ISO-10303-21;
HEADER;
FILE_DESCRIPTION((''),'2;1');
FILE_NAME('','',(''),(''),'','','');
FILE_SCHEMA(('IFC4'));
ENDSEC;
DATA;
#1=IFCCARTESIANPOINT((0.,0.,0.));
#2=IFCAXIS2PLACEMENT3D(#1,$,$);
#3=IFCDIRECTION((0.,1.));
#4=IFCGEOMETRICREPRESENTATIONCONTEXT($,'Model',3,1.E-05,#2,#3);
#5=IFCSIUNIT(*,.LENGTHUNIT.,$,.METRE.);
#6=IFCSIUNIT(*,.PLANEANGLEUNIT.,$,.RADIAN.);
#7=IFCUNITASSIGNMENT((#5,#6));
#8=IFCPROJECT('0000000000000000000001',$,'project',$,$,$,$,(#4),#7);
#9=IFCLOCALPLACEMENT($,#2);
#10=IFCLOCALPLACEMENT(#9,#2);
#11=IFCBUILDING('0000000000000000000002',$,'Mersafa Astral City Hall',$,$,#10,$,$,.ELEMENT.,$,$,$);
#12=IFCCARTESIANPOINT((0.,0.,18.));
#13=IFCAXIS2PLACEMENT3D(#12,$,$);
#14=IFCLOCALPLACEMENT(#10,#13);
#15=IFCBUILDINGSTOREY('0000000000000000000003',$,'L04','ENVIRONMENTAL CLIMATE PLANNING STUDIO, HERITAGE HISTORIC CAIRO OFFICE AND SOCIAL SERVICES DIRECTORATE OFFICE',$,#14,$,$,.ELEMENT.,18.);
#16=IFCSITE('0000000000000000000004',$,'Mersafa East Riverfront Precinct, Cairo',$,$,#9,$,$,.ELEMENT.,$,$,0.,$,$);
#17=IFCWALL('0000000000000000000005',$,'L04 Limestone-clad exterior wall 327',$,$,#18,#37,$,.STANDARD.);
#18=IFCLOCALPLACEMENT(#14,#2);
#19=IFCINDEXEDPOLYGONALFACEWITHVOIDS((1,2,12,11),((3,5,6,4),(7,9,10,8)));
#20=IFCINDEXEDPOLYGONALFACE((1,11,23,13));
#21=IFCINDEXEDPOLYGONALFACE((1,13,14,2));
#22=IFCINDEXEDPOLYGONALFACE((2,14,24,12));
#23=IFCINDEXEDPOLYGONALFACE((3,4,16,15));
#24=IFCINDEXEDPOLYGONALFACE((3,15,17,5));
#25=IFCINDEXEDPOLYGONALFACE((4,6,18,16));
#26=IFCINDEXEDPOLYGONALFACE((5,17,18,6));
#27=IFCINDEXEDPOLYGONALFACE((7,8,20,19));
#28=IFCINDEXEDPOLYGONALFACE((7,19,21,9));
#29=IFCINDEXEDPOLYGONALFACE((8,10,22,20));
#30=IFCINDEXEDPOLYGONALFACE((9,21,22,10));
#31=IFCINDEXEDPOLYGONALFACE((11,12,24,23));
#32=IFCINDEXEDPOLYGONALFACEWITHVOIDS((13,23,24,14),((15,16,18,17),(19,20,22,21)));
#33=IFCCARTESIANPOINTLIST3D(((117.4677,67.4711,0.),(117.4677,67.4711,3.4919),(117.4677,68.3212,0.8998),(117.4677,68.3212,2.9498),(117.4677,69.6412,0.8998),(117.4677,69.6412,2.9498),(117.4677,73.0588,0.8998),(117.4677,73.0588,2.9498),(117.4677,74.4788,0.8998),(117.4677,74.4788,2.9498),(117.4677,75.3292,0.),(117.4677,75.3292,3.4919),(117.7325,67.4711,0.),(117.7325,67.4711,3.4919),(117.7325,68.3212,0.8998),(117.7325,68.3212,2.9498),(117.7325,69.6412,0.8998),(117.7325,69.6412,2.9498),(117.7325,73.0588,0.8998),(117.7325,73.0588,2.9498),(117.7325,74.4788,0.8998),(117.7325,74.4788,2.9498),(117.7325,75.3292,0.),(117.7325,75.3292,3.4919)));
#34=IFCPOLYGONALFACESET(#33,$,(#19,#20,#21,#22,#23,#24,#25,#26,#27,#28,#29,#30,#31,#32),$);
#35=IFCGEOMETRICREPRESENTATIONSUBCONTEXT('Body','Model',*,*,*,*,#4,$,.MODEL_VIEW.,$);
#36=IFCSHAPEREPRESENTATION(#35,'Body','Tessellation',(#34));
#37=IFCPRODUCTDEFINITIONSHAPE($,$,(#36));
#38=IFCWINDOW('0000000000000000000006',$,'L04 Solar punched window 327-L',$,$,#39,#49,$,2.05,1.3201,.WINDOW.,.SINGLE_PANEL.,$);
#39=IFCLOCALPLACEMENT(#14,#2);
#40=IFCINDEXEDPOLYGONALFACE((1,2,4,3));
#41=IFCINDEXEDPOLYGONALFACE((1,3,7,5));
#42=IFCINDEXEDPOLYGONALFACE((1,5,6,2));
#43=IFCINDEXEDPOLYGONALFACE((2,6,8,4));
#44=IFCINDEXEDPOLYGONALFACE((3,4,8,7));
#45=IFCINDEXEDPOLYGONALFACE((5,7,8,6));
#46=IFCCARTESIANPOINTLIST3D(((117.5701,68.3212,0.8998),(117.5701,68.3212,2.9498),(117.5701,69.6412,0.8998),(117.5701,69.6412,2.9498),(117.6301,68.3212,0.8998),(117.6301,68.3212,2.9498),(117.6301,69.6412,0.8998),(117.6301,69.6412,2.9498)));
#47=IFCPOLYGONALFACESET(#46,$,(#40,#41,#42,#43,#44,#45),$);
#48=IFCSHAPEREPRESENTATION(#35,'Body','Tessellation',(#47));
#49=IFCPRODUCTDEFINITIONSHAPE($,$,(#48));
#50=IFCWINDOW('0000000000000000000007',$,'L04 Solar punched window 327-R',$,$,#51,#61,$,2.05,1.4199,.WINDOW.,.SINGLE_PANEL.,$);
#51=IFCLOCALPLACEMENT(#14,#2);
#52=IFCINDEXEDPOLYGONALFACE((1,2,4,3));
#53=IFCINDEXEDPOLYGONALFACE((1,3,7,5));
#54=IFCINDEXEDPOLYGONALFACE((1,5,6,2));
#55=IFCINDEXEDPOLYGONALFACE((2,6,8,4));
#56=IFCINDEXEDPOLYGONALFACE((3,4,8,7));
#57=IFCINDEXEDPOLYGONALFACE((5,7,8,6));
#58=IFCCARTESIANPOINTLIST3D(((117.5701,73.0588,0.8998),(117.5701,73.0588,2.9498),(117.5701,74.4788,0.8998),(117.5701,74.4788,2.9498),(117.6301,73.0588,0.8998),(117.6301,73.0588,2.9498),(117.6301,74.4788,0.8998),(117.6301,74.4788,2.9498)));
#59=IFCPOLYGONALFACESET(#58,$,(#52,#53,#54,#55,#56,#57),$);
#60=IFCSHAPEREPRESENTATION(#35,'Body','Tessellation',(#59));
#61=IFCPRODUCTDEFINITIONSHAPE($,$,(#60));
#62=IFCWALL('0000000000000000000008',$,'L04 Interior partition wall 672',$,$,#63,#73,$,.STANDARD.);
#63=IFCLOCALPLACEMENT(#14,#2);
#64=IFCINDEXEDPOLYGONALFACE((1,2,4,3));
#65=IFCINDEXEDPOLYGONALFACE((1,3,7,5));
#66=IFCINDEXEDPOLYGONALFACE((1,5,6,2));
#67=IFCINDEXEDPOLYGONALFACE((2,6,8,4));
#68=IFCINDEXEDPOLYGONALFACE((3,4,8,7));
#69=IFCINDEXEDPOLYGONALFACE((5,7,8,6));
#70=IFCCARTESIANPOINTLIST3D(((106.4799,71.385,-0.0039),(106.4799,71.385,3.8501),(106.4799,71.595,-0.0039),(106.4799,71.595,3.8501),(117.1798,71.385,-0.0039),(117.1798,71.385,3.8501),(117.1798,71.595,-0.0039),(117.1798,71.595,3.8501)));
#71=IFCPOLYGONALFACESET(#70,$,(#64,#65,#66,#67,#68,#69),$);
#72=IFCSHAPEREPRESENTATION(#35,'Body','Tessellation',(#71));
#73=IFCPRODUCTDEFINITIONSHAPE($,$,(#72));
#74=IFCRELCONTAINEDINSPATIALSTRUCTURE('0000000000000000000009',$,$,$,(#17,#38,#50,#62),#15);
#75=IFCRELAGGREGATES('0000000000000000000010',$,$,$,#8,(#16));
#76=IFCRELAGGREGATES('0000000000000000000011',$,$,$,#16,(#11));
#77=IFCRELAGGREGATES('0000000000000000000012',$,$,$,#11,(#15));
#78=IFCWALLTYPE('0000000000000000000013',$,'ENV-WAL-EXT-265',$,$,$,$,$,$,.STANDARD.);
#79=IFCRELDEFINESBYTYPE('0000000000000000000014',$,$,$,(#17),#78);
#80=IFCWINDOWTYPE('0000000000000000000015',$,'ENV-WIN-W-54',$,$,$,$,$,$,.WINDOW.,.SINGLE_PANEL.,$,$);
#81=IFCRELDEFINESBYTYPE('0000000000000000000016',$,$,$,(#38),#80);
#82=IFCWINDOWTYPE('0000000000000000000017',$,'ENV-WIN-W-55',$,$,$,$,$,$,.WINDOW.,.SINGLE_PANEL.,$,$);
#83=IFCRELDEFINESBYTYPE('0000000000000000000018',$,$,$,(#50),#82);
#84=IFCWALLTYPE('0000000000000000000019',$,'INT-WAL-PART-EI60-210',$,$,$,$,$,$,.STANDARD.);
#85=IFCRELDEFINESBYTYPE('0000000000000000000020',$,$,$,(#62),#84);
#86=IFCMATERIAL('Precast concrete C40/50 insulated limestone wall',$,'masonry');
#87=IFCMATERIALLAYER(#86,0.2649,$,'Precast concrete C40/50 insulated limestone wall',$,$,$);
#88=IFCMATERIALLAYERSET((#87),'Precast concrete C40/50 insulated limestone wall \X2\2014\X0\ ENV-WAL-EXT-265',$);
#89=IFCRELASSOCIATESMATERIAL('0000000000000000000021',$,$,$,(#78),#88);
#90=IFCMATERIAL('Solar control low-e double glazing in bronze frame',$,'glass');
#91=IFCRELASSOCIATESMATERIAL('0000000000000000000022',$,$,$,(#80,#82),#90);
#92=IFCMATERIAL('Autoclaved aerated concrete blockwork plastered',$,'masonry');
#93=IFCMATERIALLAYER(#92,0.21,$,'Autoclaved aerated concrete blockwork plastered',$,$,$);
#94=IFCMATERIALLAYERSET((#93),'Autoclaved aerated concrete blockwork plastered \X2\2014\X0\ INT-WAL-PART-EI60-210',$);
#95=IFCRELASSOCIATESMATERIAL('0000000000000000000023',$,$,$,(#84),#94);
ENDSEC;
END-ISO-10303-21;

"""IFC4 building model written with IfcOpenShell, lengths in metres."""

from ifc_helpers import new_model, si_unit, direction, frame, frame_2d, origin, place, context, subcontext, project, spatial, rectangle, extrude, material, layer, layer_set, type_object, element, fill, save


model = new_model("IFC4")

# Units and contexts
model_context = context("Model", 3, precision=1e-05, world=origin(), true_north=direction((0.0, 1.0)))
body_context = subcontext(model_context, "Body", "Model", "MODEL_VIEW")
ifc_project = project(units=[si_unit("LENGTHUNIT", "METRE"), si_unit("PLANEANGLEUNIT", "RADIAN")], contexts=[model_context])

# Site, building, storey
site_placement = place(None, origin())
site = spatial("IfcSite", under=ifc_project, at=site_placement, Name="Mersafa East Riverfront Precinct, Cairo", CompositionType="ELEMENT", RefElevation=0.0)
building_placement = place(site_placement, origin())
building = spatial("IfcBuilding", under=site, at=building_placement, Name="Mersafa Astral City Hall", CompositionType="ELEMENT")
storey_placement = place(building_placement, frame((0.0, 0.0, 18.0)))
storey = spatial("IfcBuildingStorey", under=building, at=storey_placement, Name="L04", Description="ENVIRONMENTAL CLIMATE PLANNING STUDIO, HERITAGE HISTORIC CAIRO OFFICE AND SOCIAL SERVICES DIRECTORATE OFFICE", CompositionType="ELEMENT", Elevation=18.0)

# Wall, openings, windows
ifc_material_1 = material(Name="Precast concrete C40/50 insulated limestone wall", Category="masonry")
ifc_layer_1 = layer(ifc_material_1, 0.2649, Name="Precast concrete C40/50 insulated limestone wall")
ifc_layer_set_1 = layer_set([ifc_layer_1], Name="Precast concrete C40/50 insulated limestone wall — ENV-WAL-EXT-265")
wall_type_1 = type_object("IfcWallType", Name="ENV-WAL-EXT-265", PredefinedType="STANDARD", material=ifc_layer_set_1)
wall_1_placement = place(storey_placement, frame((117.6001, 67.4709, 0.0), z_axis=(0.0, 0.0, 1.0), x_axis=(0.0, 1.0, 0.0)))
wall_1 = element("IfcWall", 1, at=wall_1_placement, inside=storey, type_object=wall_type_1, Name="L04 Limestone-clad exterior wall 327", PredefinedType="STANDARD", context=body_context, shape_type="SweptSolid", body=[
    extrude(rectangle(XDim=7.8582, YDim=0.2649, at=frame_2d((3.9292, 0.0))), origin(), (0.0, 0.0, 1.0), 3.4919),
])
opening_1_placement = place(wall_1_placement, frame((0.8501, 0.0, 0.8999)))
opening_1 = element("IfcOpeningElement", 2, at=opening_1_placement, cuts=wall_1, PredefinedType="OPENING", context=body_context, shape_type="SweptSolid", body=[
    extrude(rectangle(XDim=1.3201, YDim=2.05, at=frame_2d((0.6602, 1.0249))), frame((0.0, 0.1423, 0.0), z_axis=(0.0, -1.0, 0.0), x_axis=(1.0, 0.0, 0.0)), (0.0, 0.0, 1.0), 0.2849),
])
opening_2_placement = place(wall_1_placement, frame((5.5879, 0.0, 0.8999)))
opening_2 = element("IfcOpeningElement", 3, at=opening_2_placement, cuts=wall_1, PredefinedType="OPENING", context=body_context, shape_type="SweptSolid", body=[
    extrude(rectangle(XDim=1.4199, YDim=2.05, at=frame_2d((0.71, 1.0249))), frame((0.0, 0.1423, 0.0), z_axis=(0.0, -1.0, 0.0), x_axis=(1.0, 0.0, 0.0)), (0.0, 0.0, 1.0), 0.2849),
])
ifc_material_2 = material(Name="Solar control low-e double glazing in bronze frame", Category="glass")
window_type_1 = type_object("IfcWindowType", Name="ENV-WIN-W-54", PartitioningType="SINGLE_PANEL", PredefinedType="WINDOW", material=ifc_material_2)
window_1_placement = place(opening_1_placement, origin())
window_1 = element("IfcWindow", 4, at=window_1_placement, inside=storey, type_object=window_type_1, Name="L04 Solar punched window 327-L", OverallHeight=2.05, OverallWidth=1.3201, PartitioningType="SINGLE_PANEL", PredefinedType="WINDOW", context=body_context, shape_type="SweptSolid", body=[
    extrude(rectangle(XDim=1.3201, YDim=2.05, at=frame_2d((0.6602, 1.0249))), frame((0.0, 0.03, 0.0), z_axis=(0.0, -1.0, 0.0), x_axis=(1.0, 0.0, 0.0)), (0.0, 0.0, 1.0), 0.0601),
])
fill(opening_1, window_1)
window_type_2 = type_object("IfcWindowType", Name="ENV-WIN-W-55", PartitioningType="SINGLE_PANEL", PredefinedType="WINDOW", material=ifc_material_2)
window_2_placement = place(opening_2_placement, origin())
window_2 = element("IfcWindow", 5, at=window_2_placement, inside=storey, type_object=window_type_2, Name="L04 Solar punched window 327-R", OverallHeight=2.05, OverallWidth=1.4199, PartitioningType="SINGLE_PANEL", PredefinedType="WINDOW", context=body_context, shape_type="SweptSolid", body=[
    extrude(rectangle(XDim=1.4199, YDim=2.05, at=frame_2d((0.71, 1.0249))), frame((0.0, 0.03, 0.0), z_axis=(0.0, -1.0, 0.0), x_axis=(1.0, 0.0, 0.0)), (0.0, 0.0, 1.0), 0.0601),
])
fill(opening_2, window_2)

# Wall
ifc_material_3 = material(Name="Autoclaved aerated concrete blockwork plastered", Category="masonry")
ifc_layer_2 = layer(ifc_material_3, 0.21, Name="Autoclaved aerated concrete blockwork plastered")
ifc_layer_set_2 = layer_set([ifc_layer_2], Name="Autoclaved aerated concrete blockwork plastered — INT-WAL-PART-EI60-210")
wall_type_2 = type_object("IfcWallType", Name="INT-WAL-PART-EI60-210", PredefinedType="STANDARD", material=ifc_layer_set_2)
wall_2_placement = place(storey_placement, frame((117.1799, 71.49, -0.0039), z_axis=(0.0, 0.0, 1.0), x_axis=(-1.0, 0.0, 0.0)))
element("IfcWall", 6, at=wall_2_placement, inside=storey, type_object=wall_type_2, Name="L04 Interior partition wall 672", PredefinedType="STANDARD", context=body_context, shape_type="SweptSolid", body=[
    extrude(rectangle(XDim=10.7, YDim=0.21, at=frame_2d((5.3501, 0.0))), origin(), (0.0, 0.0, 1.0), 3.854),
])

save(model, "model.ifc")
